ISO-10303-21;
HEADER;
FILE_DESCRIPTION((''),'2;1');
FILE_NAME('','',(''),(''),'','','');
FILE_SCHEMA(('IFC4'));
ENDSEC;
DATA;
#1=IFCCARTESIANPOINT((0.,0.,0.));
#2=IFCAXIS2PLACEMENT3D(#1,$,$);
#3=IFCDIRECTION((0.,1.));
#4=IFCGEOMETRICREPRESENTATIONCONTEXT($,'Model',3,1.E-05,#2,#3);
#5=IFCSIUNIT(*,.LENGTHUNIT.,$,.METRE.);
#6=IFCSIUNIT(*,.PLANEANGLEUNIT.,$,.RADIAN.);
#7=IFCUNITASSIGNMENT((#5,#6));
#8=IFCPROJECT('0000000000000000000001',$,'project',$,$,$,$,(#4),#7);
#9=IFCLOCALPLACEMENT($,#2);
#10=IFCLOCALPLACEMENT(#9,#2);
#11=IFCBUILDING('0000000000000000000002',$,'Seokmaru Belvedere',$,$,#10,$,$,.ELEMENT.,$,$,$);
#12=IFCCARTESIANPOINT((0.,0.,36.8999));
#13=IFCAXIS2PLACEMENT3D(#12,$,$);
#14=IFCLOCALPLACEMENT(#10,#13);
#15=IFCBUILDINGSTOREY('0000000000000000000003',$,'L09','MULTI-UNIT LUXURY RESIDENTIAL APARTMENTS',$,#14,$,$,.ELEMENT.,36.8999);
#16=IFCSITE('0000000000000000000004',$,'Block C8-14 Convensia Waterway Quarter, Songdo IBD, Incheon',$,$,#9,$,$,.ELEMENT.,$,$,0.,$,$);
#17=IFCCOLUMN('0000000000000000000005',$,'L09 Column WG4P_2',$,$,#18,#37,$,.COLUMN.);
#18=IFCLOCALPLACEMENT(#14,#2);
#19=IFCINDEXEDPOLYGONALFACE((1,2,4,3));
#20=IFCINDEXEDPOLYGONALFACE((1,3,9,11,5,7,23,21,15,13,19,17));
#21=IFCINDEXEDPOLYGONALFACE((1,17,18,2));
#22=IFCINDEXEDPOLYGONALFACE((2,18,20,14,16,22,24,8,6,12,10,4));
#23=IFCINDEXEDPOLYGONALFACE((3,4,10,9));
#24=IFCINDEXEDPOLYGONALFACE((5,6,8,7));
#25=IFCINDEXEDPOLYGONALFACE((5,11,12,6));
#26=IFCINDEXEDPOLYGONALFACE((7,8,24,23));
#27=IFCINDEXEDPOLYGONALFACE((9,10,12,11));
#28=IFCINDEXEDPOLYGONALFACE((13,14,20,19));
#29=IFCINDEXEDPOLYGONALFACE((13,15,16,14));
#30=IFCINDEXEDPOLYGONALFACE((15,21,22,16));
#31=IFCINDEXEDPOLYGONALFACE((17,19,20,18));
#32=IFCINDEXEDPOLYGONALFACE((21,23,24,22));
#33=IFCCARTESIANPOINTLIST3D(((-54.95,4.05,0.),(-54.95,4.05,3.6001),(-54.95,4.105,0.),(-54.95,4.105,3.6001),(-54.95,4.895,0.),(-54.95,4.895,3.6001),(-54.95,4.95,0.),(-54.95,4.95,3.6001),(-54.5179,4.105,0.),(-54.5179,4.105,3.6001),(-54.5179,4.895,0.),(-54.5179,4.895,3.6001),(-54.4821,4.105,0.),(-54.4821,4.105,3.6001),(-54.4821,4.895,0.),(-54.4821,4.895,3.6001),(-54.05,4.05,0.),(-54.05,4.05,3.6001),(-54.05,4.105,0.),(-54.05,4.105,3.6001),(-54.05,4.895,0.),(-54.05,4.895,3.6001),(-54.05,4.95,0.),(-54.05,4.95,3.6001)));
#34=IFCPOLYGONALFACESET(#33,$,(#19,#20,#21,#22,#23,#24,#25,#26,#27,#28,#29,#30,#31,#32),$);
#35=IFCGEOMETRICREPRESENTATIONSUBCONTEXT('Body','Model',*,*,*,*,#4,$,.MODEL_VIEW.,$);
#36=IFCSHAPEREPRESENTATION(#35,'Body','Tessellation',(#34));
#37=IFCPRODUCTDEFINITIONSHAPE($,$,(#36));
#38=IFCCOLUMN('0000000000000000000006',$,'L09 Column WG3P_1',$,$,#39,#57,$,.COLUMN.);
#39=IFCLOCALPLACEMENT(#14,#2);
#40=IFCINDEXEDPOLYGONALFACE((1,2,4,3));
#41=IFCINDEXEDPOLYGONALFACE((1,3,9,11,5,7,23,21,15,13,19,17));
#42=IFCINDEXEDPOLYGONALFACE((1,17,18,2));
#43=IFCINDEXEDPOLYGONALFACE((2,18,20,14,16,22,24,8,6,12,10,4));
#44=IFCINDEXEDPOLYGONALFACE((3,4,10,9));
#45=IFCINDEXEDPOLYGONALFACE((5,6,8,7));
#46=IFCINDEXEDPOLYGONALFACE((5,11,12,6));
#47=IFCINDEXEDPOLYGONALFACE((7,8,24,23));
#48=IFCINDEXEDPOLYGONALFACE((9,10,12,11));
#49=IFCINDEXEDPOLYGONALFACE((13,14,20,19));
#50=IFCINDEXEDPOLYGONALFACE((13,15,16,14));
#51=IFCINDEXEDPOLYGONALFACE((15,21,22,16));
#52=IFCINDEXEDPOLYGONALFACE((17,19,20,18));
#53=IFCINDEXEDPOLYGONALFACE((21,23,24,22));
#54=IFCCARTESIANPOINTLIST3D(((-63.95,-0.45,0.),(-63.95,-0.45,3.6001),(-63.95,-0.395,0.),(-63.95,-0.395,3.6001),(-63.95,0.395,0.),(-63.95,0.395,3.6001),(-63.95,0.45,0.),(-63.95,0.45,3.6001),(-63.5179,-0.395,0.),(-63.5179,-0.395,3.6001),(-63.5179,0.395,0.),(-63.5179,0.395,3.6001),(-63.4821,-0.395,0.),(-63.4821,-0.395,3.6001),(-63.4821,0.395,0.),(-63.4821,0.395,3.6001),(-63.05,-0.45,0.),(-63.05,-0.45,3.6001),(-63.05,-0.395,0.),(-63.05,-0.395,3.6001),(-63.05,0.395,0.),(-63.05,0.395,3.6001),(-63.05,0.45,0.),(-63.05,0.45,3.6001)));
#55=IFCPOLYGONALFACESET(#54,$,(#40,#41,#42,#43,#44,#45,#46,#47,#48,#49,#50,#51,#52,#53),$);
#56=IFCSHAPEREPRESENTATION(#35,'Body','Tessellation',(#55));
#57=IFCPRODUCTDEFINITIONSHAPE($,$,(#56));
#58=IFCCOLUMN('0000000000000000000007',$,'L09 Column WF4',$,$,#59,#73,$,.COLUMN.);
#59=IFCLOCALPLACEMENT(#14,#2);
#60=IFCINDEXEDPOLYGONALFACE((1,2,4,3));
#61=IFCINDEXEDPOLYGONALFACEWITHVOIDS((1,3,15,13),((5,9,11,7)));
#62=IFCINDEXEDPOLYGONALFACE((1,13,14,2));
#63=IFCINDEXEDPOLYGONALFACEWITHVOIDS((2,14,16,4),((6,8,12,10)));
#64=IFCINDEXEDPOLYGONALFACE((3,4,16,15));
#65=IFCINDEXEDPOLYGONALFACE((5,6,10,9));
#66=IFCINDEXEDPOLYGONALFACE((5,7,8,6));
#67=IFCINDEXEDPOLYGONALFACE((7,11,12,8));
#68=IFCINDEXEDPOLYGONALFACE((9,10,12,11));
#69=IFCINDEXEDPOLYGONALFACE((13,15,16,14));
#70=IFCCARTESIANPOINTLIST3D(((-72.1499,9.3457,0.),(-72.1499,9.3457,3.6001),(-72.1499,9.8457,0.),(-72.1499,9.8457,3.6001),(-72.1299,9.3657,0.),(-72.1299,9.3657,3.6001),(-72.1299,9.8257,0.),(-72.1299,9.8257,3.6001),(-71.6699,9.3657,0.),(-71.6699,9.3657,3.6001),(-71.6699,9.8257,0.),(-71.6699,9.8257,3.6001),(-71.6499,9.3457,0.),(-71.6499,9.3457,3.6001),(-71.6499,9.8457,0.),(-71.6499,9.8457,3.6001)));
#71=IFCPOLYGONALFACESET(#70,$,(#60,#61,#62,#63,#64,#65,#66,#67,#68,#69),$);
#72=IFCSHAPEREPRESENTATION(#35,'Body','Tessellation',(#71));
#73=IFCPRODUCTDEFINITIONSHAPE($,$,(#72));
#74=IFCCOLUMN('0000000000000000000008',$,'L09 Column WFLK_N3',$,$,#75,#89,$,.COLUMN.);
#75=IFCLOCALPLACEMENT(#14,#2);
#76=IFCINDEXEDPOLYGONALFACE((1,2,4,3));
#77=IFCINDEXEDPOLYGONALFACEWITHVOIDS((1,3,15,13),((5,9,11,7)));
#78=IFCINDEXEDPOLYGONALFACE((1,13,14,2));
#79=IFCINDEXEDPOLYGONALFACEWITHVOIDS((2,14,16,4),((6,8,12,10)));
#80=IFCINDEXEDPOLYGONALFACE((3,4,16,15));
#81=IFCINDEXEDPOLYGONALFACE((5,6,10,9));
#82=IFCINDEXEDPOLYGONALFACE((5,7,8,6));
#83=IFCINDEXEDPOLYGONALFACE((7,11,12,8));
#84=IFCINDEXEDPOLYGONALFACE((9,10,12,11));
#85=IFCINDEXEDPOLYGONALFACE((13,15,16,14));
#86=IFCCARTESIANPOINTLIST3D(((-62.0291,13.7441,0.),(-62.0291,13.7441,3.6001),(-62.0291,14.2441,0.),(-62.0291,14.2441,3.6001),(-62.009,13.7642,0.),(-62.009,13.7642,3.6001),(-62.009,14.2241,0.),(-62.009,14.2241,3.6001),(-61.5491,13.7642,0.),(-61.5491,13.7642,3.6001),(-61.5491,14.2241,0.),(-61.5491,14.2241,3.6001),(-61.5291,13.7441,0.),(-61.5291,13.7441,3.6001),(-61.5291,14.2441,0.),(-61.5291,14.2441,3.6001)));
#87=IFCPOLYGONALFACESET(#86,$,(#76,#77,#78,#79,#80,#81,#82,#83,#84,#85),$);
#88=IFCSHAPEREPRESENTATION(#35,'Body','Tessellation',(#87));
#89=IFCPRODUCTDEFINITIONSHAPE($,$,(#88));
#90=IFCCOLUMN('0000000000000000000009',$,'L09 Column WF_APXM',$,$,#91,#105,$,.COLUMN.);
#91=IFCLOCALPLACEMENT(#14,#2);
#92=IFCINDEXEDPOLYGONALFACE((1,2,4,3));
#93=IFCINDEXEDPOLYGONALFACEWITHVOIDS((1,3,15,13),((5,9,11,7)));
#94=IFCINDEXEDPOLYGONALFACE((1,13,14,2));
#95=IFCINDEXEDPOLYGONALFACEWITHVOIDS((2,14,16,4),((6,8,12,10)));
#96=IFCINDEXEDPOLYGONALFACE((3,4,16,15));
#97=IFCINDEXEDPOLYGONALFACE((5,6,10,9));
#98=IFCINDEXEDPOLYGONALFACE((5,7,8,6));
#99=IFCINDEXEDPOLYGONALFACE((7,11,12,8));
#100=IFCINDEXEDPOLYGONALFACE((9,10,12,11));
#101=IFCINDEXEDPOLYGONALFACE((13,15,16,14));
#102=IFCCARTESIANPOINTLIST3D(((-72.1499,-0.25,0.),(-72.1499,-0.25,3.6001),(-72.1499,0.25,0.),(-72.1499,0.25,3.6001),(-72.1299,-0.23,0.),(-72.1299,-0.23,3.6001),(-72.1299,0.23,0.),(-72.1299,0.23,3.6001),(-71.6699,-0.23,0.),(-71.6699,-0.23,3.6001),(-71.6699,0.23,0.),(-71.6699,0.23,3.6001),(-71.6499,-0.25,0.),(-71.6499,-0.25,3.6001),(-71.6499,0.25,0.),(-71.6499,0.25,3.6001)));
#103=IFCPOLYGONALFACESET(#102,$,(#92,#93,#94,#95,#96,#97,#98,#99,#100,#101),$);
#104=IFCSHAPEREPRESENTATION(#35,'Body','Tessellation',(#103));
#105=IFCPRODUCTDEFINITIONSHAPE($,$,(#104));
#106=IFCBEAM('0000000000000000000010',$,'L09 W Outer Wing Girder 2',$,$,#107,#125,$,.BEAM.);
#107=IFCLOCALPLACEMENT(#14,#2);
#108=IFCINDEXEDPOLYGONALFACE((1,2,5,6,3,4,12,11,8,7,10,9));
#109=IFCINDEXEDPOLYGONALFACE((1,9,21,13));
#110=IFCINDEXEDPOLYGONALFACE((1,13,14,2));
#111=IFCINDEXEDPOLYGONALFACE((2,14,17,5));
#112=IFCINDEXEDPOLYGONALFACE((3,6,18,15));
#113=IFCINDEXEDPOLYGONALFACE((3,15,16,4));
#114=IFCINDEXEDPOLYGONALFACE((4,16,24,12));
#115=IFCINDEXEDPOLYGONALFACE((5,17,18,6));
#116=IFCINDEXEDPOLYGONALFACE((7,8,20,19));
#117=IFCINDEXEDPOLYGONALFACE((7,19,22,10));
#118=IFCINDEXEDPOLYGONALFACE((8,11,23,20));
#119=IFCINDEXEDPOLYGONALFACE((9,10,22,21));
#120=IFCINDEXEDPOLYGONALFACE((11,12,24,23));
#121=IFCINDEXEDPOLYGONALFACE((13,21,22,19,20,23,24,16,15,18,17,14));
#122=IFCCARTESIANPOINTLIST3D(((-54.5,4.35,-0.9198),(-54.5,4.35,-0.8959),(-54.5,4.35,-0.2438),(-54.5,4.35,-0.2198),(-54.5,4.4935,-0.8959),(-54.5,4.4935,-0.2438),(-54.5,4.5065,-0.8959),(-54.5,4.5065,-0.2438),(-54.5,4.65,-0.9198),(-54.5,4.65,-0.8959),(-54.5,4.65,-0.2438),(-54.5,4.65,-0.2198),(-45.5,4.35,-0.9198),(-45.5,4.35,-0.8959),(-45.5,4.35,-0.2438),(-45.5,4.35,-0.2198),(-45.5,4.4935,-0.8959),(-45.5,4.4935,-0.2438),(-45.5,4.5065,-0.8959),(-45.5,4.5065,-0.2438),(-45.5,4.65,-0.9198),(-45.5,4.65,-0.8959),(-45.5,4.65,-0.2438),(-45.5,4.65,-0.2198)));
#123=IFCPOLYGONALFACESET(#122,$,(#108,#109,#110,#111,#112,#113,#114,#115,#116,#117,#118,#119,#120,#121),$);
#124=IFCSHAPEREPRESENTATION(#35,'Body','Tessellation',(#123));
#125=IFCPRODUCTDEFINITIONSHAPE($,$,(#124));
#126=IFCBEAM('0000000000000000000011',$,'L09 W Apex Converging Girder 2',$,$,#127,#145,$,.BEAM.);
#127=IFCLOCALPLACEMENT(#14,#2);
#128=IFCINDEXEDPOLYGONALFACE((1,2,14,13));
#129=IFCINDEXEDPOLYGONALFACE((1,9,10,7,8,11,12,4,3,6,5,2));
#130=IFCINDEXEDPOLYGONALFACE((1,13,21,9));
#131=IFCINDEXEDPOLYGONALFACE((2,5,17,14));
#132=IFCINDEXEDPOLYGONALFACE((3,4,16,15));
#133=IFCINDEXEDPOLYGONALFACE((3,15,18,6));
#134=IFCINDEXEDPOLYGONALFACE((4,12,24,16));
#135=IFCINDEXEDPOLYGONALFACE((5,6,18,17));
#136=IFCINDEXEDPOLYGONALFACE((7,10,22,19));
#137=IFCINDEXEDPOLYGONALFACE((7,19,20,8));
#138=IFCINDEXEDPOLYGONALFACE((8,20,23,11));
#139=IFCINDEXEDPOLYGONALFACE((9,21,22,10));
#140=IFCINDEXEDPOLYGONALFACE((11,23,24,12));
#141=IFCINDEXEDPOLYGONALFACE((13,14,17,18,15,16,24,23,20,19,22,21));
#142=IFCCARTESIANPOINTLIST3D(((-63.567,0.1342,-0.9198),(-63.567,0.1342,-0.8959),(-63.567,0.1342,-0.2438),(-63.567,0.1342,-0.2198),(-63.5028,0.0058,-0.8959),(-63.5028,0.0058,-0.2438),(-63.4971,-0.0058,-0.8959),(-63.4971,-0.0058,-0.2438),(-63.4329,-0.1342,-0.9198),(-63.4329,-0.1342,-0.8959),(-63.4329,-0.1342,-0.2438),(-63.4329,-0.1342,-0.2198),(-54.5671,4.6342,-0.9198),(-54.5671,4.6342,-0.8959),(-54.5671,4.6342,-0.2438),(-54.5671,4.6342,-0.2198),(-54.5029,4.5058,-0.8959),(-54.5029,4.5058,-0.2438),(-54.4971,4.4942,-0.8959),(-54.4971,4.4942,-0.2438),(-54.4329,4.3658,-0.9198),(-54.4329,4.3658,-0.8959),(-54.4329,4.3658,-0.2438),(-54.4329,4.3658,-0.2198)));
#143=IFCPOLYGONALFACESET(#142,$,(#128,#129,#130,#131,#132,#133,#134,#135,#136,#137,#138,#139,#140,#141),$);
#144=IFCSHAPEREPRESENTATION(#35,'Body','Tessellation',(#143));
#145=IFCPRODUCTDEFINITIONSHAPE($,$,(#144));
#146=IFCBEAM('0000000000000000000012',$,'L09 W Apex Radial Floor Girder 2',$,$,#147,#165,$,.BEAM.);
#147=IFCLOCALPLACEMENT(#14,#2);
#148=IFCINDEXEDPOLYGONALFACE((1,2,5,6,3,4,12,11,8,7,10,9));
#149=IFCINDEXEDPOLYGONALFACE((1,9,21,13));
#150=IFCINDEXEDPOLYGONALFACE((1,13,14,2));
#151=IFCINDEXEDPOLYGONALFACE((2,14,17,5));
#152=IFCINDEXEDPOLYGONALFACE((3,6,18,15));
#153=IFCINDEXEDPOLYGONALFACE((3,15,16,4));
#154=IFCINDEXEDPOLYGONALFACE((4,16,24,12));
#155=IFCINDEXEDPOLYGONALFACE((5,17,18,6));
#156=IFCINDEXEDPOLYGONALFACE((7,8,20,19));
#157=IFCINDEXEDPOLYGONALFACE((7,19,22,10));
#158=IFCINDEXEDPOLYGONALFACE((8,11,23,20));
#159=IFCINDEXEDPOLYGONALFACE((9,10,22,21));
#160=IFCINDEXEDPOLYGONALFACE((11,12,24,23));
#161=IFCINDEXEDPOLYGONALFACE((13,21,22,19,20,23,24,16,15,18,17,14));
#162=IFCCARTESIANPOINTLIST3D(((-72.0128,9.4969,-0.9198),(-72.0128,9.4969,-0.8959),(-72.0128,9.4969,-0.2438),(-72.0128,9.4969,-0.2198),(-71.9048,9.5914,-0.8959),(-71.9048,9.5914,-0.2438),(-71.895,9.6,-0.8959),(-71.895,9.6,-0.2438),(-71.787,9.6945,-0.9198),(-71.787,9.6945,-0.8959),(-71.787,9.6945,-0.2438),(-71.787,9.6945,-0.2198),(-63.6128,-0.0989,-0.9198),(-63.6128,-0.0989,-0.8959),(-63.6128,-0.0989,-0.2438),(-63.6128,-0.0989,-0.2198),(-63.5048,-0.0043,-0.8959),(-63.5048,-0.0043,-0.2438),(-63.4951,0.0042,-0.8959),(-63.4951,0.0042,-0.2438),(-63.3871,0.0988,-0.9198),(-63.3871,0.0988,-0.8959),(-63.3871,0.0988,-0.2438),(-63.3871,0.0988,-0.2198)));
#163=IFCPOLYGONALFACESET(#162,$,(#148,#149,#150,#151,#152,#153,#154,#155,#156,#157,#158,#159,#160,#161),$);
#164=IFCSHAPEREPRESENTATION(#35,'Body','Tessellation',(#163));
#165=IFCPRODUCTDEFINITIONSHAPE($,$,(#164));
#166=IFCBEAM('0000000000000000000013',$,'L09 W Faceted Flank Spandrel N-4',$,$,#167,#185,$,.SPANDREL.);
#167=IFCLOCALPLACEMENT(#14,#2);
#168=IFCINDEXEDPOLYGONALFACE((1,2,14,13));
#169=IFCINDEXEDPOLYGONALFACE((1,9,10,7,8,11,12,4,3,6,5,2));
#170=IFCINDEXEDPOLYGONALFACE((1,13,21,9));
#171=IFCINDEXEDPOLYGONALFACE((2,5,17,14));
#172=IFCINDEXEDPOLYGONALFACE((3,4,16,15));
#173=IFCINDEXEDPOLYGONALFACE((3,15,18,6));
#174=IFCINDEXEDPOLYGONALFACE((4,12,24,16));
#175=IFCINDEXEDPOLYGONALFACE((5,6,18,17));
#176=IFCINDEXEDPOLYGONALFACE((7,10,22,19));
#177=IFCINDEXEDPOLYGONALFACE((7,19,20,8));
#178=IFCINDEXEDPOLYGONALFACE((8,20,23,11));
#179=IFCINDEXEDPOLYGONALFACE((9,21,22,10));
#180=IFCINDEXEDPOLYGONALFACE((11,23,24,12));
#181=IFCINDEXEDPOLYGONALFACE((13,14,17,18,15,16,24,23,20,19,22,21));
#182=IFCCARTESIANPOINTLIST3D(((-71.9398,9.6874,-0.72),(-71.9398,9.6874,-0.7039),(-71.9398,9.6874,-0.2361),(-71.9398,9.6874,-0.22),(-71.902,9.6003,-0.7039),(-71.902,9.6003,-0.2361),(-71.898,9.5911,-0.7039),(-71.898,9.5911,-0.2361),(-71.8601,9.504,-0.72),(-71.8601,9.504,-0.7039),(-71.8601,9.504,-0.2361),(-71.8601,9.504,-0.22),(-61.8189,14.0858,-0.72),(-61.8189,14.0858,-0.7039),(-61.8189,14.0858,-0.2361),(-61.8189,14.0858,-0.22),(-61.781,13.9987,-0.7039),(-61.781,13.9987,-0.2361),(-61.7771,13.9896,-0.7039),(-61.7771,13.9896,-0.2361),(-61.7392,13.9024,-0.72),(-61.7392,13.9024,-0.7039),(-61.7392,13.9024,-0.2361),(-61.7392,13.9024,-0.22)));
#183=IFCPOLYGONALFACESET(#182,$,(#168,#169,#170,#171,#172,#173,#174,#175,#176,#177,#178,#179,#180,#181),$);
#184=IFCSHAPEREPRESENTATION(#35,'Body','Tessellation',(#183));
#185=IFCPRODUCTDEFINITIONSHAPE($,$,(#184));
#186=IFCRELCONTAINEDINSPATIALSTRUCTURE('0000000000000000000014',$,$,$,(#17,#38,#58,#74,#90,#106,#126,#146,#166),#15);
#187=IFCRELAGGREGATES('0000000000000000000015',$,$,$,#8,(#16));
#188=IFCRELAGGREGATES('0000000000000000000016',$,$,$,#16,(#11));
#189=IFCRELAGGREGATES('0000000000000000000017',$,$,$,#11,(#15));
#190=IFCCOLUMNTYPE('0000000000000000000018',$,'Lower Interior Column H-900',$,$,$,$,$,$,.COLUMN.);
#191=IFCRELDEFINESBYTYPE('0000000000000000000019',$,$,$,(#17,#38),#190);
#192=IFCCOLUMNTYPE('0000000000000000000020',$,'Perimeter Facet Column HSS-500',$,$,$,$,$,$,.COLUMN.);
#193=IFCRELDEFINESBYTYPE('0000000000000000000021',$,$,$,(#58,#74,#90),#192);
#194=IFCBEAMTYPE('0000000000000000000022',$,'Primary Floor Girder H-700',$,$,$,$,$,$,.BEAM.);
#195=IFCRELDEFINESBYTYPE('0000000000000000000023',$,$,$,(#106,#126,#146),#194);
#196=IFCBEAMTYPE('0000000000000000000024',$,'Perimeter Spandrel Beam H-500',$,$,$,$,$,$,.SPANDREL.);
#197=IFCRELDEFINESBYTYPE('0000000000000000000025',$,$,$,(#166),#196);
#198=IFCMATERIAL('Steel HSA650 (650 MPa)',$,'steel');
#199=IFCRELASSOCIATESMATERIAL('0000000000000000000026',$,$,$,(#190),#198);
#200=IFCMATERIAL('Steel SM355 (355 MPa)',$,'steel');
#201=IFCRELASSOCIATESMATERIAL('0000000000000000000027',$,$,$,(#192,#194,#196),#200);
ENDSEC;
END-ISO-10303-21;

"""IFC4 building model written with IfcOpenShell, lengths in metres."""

from ifc_helpers import new_model, si_unit, direction, frame, origin, origin_2d, place, context, subcontext, project, spatial, hollow_rectangle, i_section, extrude, source, transform, mapped, material, material_profile, profile_set, type_object, type_shapes, element, save


model = new_model("IFC4")

# Units and contexts
model_context = context("Model", 3, precision=1e-05, world=origin(), true_north=direction((0.0, 1.0)))
body_context = subcontext(model_context, "Body", "Model", "MODEL_VIEW")
ifc_project = project(units=[si_unit("LENGTHUNIT", "METRE"), si_unit("PLANEANGLEUNIT", "RADIAN")], contexts=[model_context])

# Site, building, storey
site_placement = place(None, origin())
site = spatial("IfcSite", under=ifc_project, at=site_placement, Name="Block C8-14 Convensia Waterway Quarter, Songdo IBD, Incheon", CompositionType="ELEMENT", RefElevation=0.0)
building_placement = place(site_placement, origin())
building = spatial("IfcBuilding", under=site, at=building_placement, Name="Seokmaru Belvedere", CompositionType="ELEMENT")
storey_placement = place(building_placement, frame((0.0, 0.0, 36.8999)))
storey = spatial("IfcBuildingStorey", under=building, at=storey_placement, Name="L09", Description="MULTI-UNIT LUXURY RESIDENTIAL APARTMENTS", CompositionType="ELEMENT", Elevation=36.8999)

# Columns
ifc_material_1 = material(Name="Steel HSA650 (650 MPa)", Category="steel")
ifc_material_profile_1 = material_profile(ifc_material_1, i_section(OverallWidth=0.8999, OverallDepth=0.8999, WebThickness=0.0359, FlangeThickness=0.0549, at=origin_2d()), Name="H-900x900x36x55")
ifc_profile_set_1 = profile_set([ifc_material_profile_1], Name="Steel HSA650 (650 MPa)")
column_type_1 = type_object("IfcColumnType", Name="Lower Interior Column H-900", PredefinedType="COLUMN", material=ifc_profile_set_1)
shared_shape_1 = source(origin(), body_context, "Body", "SweptSolid", [
    extrude(i_section(OverallWidth=0.8999, OverallDepth=0.8999, WebThickness=0.0359, FlangeThickness=0.0549, at=origin_2d()), origin(), (0.0, 0.0, 1.0), 3.6001),
])
type_shapes(column_type_1, [shared_shape_1])
for number, where, z_axis, x_axis, name in (
    (1, (-54.5, 4.5, 0.0), (0.0, 0.0, 1.0), (1.0, 0.0, 0.0), "L09 Column WG4P_2"),
    (2, (-63.5, 0.0, 0.0), (0.0, 0.0, 1.0), (1.0, 0.0, 0.0), "L09 Column WG3P_1"),
):
    element("IfcColumn", number, at=place(storey_placement, frame(where, z_axis=z_axis, x_axis=x_axis)), inside=storey, type_object=column_type_1, Name=name, PredefinedType="COLUMN", context=body_context, shape_type="MappedRepresentation", body=[
        mapped(shared_shape_1, transform((0.0, 0.0, 0.0), scale=1.0)),
    ])
ifc_material_2 = material(Name="Steel SM355 (355 MPa)", Category="steel")
ifc_material_profile_2 = material_profile(ifc_material_2, hollow_rectangle(XDim=0.5, YDim=0.5, WallThickness=0.02, at=origin_2d()), Name="HSS-500x500x20")
ifc_profile_set_2 = profile_set([ifc_material_profile_2], Name="Steel SM355 (355 MPa)")
column_type_2 = type_object("IfcColumnType", Name="Perimeter Facet Column HSS-500", PredefinedType="COLUMN", material=ifc_profile_set_2)
shared_shape_2 = source(origin(), body_context, "Body", "SweptSolid", [
    extrude(hollow_rectangle(XDim=0.5, YDim=0.5, WallThickness=0.02, at=origin_2d()), origin(), (0.0, 0.0, 1.0), 3.6001),
])
type_shapes(column_type_2, [shared_shape_2])
for number, where, z_axis, x_axis, name in (
    (3, (-71.8999, 9.5957, 0.0), (0.0, 0.0, 1.0), (1.0, 0.0, 0.0), "L09 Column WF4"),
    (4, (-61.7791, 13.9941, 0.0), (0.0, 0.0, 1.0), (1.0, 0.0, 0.0), "L09 Column WFLK_N3"),
    (5, (-71.8999, 0.0, 0.0), (0.0, 0.0, 1.0), (1.0, 0.0, 0.0), "L09 Column WF_APXM"),
):
    element("IfcColumn", number, at=place(storey_placement, frame(where, z_axis=z_axis, x_axis=x_axis)), inside=storey, type_object=column_type_2, Name=name, PredefinedType="COLUMN", context=body_context, shape_type="MappedRepresentation", body=[
        mapped(shared_shape_2, transform((0.0, 0.0, 0.0), scale=1.0)),
    ])

# Beams
ifc_material_profile_3 = material_profile(ifc_material_2, i_section(OverallWidth=0.3, OverallDepth=0.7, WebThickness=0.0129, FlangeThickness=0.0239, at=origin_2d()), Name="H-700x300x13x24")
ifc_profile_set_3 = profile_set([ifc_material_profile_3], Name="Steel SM355 (355 MPa)")
beam_type_1 = type_object("IfcBeamType", Name="Primary Floor Girder H-700", PredefinedType="BEAM", material=ifc_profile_set_3)
shared_shape_3 = source(origin(), body_context, "Body", "SweptSolid", [
    extrude(i_section(OverallWidth=0.3, OverallDepth=0.7, WebThickness=0.0129, FlangeThickness=0.0239, at=origin_2d()), origin(), (0.0, 0.0, 1.0), 9.0),
])
beam_1_placement = place(storey_placement, frame((-54.5, 4.5, -0.5698), z_axis=(1.0, 0.0, 0.0), x_axis=(0.0, 1.0, 0.0)))
element("IfcBeam", 6, at=beam_1_placement, inside=storey, type_object=beam_type_1, Name="L09 W Outer Wing Girder 2", PredefinedType="BEAM", context=body_context, shape_type="MappedRepresentation", body=[
    mapped(shared_shape_3, transform((0.0, 0.0, 0.0), scale=1.0)),
])
shared_shape_4 = source(origin(), body_context, "Body", "SweptSolid", [
    extrude(i_section(OverallWidth=0.3, OverallDepth=0.7, WebThickness=0.0129, FlangeThickness=0.0239, at=origin_2d()), origin(), (0.0, 0.0, 1.0), 10.0623),
])
beam_2_placement = place(storey_placement, frame((-54.5, 4.5, -0.5698), z_axis=(-0.894427, -0.447214, 0.0), x_axis=(0.447214, -0.894427, 0.0)))
element("IfcBeam", 7, at=beam_2_placement, inside=storey, type_object=beam_type_1, Name="L09 W Apex Converging Girder 2", PredefinedType="BEAM", context=body_context, shape_type="MappedRepresentation", body=[
    mapped(shared_shape_4, transform((0.0, 0.0, 0.0), scale=1.0)),
])
shared_shape_5 = source(origin(), body_context, "Body", "SweptSolid", [
    extrude(i_section(OverallWidth=0.3, OverallDepth=0.7, WebThickness=0.0129, FlangeThickness=0.0239, at=origin_2d()), origin(), (0.0, 0.0, 1.0), 12.7529),
])
beam_3_placement = place(storey_placement, frame((-71.8999, 9.5957, -0.5698), z_axis=(0.658667, -0.752434, 0.0), x_axis=(0.752434, 0.658667, 0.0)))
element("IfcBeam", 8, at=beam_3_placement, inside=storey, type_object=beam_type_1, Name="L09 W Apex Radial Floor Girder 2", PredefinedType="BEAM", context=body_context, shape_type="MappedRepresentation", body=[
    mapped(shared_shape_5, transform((0.0, 0.0, 0.0), scale=1.0)),
])
ifc_material_profile_4 = material_profile(ifc_material_2, i_section(OverallWidth=0.2, OverallDepth=0.5, WebThickness=0.01, FlangeThickness=0.0161, at=origin_2d()), Name="H-500x200x10x16")
ifc_profile_set_4 = profile_set([ifc_material_profile_4], Name="Steel SM355 (355 MPa)")
beam_type_2 = type_object("IfcBeamType", Name="Perimeter Spandrel Beam H-500", PredefinedType="SPANDREL", material=ifc_profile_set_4)
shared_shape_6 = source(origin(), body_context, "Body", "SweptSolid", [
    extrude(i_section(OverallWidth=0.2, OverallDepth=0.5, WebThickness=0.01, FlangeThickness=0.0161, at=origin_2d()), origin(), (0.0, 0.0, 1.0), 11.0354),
])
beam_4_placement = place(storey_placement, frame((-61.7791, 13.9941, -0.47), z_axis=(-0.917134, -0.398579, 0.0), x_axis=(0.398579, -0.917134, 0.0)))
element("IfcBeam", 9, at=beam_4_placement, inside=storey, type_object=beam_type_2, Name="L09 W Faceted Flank Spandrel N-4", PredefinedType="SPANDREL", context=body_context, shape_type="MappedRepresentation", body=[
    mapped(shared_shape_6, transform((0.0, 0.0, 0.0), scale=1.0)),
])

save(model, "model.ifc")
